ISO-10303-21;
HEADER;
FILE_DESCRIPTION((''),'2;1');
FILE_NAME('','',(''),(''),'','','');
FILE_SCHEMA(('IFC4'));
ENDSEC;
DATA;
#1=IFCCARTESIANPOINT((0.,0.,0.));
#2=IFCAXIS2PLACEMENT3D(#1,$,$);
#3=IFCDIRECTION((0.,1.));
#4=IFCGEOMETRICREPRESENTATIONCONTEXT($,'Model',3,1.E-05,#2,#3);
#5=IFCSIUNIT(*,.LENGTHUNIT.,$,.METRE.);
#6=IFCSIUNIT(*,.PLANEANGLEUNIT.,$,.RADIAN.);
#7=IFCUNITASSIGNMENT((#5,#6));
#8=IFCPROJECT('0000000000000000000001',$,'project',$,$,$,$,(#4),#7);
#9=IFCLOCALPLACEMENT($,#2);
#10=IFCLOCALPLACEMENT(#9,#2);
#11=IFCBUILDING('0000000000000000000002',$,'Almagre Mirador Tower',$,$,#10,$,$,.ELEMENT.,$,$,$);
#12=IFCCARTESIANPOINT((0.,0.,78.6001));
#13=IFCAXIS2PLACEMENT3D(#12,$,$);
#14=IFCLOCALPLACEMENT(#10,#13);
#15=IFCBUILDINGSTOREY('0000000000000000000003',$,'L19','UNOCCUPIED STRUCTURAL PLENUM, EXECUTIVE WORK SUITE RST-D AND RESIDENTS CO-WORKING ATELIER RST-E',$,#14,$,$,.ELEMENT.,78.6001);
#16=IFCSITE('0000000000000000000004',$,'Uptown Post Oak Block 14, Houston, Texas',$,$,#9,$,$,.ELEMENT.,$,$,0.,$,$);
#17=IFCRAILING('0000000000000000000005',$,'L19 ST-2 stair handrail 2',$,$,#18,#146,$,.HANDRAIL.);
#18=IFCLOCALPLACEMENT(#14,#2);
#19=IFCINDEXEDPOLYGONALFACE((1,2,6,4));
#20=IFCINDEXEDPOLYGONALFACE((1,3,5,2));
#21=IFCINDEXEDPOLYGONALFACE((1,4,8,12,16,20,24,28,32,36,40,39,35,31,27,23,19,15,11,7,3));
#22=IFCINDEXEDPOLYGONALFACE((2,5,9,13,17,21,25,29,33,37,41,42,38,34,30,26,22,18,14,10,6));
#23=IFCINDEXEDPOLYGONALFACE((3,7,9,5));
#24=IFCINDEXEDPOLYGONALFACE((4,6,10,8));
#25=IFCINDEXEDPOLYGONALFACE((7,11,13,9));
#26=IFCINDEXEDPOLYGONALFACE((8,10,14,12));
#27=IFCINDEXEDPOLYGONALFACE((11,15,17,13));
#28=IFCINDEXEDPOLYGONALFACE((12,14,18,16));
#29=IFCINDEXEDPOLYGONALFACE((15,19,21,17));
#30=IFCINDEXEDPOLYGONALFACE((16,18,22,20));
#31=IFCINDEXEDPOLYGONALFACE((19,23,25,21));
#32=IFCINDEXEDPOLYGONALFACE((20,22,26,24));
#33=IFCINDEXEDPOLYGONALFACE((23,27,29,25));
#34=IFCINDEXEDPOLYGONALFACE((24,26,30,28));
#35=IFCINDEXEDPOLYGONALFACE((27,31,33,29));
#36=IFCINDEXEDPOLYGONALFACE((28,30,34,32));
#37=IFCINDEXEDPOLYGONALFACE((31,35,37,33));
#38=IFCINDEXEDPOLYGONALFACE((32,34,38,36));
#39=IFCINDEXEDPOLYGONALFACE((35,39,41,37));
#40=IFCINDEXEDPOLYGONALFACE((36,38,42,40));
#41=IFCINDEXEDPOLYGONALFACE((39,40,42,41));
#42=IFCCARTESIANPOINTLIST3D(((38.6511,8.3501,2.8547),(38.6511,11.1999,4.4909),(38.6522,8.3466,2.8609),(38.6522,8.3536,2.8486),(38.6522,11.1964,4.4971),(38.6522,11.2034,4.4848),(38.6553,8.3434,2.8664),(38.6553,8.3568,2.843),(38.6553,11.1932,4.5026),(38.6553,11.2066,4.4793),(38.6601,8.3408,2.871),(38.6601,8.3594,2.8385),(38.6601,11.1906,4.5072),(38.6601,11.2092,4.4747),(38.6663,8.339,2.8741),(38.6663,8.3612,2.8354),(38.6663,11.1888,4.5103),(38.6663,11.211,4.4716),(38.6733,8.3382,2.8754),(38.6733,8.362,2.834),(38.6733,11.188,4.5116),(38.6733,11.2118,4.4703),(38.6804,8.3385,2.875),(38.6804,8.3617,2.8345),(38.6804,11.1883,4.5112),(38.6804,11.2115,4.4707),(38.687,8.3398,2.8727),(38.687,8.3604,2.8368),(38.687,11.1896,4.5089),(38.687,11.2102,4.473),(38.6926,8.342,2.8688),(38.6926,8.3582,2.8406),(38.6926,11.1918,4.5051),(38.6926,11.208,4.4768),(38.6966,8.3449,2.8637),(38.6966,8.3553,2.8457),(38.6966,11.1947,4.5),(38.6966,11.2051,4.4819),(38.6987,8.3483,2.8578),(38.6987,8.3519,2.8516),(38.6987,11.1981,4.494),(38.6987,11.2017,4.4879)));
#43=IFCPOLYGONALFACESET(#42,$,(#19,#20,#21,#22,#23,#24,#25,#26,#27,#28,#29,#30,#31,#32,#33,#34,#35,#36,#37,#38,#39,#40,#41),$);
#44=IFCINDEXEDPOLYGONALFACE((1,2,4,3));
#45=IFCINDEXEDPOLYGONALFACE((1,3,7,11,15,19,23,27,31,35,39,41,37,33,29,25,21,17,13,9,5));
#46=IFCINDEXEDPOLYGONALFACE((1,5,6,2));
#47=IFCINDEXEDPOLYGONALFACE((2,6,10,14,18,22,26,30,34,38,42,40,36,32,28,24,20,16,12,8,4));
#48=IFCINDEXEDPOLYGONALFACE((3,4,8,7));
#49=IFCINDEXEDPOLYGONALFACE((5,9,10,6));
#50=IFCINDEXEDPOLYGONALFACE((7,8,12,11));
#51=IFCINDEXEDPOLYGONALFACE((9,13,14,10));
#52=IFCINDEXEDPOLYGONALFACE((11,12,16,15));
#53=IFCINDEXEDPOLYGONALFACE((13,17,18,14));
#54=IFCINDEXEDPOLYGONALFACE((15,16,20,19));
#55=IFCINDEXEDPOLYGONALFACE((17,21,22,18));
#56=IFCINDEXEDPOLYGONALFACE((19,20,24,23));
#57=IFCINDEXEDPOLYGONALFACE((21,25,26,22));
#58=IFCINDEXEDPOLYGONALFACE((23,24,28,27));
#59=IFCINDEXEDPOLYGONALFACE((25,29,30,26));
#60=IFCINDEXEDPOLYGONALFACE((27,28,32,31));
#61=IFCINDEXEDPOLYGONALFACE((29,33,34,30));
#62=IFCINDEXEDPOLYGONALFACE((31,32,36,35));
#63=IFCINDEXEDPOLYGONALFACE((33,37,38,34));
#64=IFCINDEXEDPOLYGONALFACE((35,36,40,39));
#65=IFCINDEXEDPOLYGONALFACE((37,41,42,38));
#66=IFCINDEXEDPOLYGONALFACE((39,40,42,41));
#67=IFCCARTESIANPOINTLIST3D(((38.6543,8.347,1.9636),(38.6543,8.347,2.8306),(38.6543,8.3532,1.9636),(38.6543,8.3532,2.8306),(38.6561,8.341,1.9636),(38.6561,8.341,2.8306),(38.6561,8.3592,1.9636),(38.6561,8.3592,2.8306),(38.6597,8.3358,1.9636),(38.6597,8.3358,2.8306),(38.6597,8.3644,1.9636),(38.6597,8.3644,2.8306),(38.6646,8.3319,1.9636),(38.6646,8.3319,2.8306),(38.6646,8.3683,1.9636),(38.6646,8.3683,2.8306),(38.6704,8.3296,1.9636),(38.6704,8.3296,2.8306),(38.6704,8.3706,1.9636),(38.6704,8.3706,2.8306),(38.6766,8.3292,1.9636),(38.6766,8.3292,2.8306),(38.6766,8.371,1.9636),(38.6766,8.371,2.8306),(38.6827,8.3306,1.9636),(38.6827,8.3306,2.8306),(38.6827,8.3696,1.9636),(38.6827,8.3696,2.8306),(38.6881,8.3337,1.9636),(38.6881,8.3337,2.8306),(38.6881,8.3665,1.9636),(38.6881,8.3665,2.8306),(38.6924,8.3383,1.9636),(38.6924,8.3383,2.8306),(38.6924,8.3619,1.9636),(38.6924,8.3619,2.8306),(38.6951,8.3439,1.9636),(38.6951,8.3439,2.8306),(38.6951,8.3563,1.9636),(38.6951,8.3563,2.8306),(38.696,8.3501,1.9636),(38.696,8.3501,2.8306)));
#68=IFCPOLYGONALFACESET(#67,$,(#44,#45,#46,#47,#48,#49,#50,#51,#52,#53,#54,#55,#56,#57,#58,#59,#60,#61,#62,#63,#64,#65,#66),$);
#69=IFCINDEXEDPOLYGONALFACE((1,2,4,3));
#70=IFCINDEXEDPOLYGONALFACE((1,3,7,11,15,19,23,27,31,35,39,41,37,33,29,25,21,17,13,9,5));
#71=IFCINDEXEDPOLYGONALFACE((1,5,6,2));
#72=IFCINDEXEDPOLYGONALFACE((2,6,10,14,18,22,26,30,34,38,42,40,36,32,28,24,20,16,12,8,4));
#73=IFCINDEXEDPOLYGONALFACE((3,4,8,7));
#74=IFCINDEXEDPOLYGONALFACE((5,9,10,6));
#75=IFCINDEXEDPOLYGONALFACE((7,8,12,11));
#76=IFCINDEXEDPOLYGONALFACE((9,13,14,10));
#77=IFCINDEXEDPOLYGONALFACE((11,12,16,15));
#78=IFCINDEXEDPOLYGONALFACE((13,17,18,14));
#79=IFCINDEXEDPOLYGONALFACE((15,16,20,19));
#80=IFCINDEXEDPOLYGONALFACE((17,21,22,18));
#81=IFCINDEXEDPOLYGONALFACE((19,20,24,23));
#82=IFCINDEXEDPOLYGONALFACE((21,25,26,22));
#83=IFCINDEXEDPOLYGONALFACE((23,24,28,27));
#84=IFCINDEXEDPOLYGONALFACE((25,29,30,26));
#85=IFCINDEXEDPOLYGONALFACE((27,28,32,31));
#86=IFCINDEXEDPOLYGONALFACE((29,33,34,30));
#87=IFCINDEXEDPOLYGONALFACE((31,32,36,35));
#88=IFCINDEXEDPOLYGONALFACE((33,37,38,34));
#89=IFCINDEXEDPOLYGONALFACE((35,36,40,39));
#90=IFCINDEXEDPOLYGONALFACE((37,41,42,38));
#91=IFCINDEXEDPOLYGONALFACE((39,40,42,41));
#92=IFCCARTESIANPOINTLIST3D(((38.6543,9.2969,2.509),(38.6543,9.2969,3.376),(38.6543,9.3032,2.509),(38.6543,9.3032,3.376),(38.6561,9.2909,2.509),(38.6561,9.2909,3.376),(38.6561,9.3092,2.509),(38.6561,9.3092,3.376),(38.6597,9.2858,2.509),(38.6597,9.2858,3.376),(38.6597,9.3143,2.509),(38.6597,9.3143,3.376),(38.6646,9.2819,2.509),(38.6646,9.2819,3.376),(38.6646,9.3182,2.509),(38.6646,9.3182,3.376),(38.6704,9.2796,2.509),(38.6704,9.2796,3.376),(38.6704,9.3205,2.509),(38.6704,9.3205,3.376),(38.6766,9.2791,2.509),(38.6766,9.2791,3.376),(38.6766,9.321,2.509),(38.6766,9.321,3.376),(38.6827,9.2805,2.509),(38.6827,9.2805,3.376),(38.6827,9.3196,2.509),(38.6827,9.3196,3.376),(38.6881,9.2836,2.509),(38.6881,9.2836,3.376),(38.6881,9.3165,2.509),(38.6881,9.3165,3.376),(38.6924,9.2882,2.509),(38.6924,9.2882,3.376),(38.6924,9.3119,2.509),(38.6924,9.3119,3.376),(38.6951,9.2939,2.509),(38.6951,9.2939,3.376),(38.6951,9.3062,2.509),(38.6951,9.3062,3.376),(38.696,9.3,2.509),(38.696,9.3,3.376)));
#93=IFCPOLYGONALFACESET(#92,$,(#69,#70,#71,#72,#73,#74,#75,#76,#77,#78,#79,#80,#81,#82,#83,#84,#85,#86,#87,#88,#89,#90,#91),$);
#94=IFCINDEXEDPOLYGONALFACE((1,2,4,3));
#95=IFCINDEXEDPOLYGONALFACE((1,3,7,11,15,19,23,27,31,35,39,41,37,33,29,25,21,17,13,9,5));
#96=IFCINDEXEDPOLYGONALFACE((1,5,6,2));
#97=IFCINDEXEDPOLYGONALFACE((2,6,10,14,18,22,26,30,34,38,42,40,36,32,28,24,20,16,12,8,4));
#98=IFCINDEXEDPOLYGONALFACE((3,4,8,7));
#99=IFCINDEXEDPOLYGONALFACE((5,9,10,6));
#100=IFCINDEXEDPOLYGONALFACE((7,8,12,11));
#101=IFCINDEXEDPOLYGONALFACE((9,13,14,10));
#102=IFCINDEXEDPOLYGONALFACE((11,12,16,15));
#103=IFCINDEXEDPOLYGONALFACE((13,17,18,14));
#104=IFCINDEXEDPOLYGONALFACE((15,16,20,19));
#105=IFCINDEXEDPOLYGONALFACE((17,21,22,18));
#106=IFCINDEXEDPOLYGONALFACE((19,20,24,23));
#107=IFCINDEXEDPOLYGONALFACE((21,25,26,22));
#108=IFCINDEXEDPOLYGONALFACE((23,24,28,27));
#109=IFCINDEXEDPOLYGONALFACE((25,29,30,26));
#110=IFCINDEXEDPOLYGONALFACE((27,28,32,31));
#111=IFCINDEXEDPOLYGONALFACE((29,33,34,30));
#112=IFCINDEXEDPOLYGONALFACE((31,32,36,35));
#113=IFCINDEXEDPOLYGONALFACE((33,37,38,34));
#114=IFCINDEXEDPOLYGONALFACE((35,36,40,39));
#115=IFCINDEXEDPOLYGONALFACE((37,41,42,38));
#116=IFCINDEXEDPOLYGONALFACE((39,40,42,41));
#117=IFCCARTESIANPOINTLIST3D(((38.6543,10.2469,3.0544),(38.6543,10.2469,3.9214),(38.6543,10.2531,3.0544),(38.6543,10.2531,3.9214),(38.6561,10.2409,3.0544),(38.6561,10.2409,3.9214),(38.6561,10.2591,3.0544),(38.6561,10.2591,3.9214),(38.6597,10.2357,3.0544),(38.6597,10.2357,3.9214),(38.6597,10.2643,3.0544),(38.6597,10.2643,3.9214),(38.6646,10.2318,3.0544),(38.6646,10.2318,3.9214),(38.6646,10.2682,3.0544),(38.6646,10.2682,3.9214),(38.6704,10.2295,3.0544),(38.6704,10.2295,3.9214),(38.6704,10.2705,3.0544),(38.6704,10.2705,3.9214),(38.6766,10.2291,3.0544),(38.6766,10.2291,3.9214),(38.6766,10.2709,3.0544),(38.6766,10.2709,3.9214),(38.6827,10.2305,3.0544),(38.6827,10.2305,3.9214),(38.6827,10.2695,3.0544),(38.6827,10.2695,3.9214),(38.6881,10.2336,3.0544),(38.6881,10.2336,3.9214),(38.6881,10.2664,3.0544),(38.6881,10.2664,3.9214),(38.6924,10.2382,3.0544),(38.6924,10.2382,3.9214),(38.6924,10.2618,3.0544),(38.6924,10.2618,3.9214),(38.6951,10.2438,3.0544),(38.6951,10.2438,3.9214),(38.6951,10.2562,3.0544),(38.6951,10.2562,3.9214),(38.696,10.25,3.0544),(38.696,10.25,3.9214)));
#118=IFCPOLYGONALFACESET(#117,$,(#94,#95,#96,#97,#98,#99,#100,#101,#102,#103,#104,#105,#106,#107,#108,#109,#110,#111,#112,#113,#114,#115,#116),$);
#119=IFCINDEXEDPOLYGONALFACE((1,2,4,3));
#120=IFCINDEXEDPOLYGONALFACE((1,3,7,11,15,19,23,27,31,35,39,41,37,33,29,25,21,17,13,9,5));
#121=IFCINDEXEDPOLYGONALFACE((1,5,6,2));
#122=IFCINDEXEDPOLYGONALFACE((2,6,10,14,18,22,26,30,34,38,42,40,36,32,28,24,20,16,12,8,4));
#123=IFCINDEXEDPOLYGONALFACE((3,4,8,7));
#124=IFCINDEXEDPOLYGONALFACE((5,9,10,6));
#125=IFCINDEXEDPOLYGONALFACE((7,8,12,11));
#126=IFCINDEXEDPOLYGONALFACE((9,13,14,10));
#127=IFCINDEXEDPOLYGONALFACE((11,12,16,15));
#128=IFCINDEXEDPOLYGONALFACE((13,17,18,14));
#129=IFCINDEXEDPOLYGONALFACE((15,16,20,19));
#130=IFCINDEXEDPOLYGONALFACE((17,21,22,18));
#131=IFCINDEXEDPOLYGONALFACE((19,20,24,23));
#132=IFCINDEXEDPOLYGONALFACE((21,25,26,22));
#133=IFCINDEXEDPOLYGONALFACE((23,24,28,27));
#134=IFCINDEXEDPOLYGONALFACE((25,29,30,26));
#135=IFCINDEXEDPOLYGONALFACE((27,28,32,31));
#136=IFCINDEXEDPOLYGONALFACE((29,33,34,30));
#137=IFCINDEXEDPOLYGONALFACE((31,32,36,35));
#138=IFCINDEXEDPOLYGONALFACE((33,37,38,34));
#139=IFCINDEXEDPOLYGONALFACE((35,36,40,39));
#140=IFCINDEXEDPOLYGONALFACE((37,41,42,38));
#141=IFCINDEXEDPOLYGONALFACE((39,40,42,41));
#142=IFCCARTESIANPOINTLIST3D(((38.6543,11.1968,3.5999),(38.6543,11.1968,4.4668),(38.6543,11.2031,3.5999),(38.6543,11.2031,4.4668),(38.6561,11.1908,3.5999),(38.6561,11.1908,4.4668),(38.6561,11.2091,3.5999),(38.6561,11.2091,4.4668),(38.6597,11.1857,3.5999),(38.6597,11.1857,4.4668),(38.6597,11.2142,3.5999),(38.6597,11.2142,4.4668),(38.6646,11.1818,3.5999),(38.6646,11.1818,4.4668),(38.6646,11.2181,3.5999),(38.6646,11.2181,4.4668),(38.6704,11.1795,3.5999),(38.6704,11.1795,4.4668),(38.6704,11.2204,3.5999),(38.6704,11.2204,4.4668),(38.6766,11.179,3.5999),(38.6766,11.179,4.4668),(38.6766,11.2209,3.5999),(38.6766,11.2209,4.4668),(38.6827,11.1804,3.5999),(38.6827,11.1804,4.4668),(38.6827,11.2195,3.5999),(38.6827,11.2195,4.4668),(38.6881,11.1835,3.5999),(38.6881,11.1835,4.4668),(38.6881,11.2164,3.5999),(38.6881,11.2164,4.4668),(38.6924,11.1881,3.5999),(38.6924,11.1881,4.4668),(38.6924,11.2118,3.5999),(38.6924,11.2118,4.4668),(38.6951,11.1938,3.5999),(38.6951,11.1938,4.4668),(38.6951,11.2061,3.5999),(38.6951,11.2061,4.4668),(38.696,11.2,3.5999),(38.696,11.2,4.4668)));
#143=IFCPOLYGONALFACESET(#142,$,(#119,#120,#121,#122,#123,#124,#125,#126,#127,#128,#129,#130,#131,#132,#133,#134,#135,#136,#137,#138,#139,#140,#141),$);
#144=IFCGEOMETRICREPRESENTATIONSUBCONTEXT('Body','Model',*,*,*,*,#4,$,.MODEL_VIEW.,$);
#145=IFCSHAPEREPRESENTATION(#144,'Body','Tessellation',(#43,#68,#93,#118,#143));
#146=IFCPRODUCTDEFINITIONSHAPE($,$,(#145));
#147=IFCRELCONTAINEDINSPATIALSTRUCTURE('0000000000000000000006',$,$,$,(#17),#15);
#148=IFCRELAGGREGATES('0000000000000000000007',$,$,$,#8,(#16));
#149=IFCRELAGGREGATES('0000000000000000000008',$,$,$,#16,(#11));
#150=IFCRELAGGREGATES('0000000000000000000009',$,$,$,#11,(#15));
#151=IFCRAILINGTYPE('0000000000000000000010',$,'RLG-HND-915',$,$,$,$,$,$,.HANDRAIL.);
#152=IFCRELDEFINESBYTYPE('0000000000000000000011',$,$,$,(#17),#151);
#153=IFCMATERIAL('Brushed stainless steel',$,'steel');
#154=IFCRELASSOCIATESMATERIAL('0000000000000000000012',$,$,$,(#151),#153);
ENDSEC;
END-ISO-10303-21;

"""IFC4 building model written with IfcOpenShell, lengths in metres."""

from ifc_helpers import new_model, si_unit, direction, frame, origin, origin_2d, place, context, subcontext, project, spatial, circle, extrude, material, type_object, element, save


model = new_model("IFC4")

# Units and contexts
model_context = context("Model", 3, precision=1e-05, world=origin(), true_north=direction((0.0, 1.0)))
body_context = subcontext(model_context, "Body", "Model", "MODEL_VIEW")
ifc_project = project(units=[si_unit("LENGTHUNIT", "METRE"), si_unit("PLANEANGLEUNIT", "RADIAN")], contexts=[model_context])

# Site, building, storey
site_placement = place(None, origin())
site = spatial("IfcSite", under=ifc_project, at=site_placement, Name="Uptown Post Oak Block 14, Houston, Texas", CompositionType="ELEMENT", RefElevation=0.0)
building_placement = place(site_placement, origin())
building = spatial("IfcBuilding", under=site, at=building_placement, Name="Almagre Mirador Tower", CompositionType="ELEMENT")
storey_placement = place(building_placement, frame((0.0, 0.0, 78.6001)))
storey = spatial("IfcBuildingStorey", under=building, at=storey_placement, Name="L19", Description="UNOCCUPIED STRUCTURAL PLENUM, EXECUTIVE WORK SUITE RST-D AND RESIDENTS CO-WORKING ATELIER RST-E", CompositionType="ELEMENT", Elevation=78.6001)

# Railing
ifc_material_1 = material(Name="Brushed stainless steel", Category="steel")
railing_type_1 = type_object("IfcRailingType", Name="RLG-HND-915", PredefinedType="HANDRAIL", material=ifc_material_1)
railing_1_placement = place(storey_placement, frame((38.675, 8.3501, 1.9636)))
element("IfcRailing", 1, at=railing_1_placement, inside=storey, type_object=railing_type_1, Name="L19 ST-2 stair handrail 2", PredefinedType="HANDRAIL", context=body_context, shape_type="SweptSolid", body=[
    extrude(circle(Radius=0.0239, at=origin_2d()), frame((0.0, 0.0, 0.8911), z_axis=(0.0, 0.867226, 0.497914), x_axis=(-1.0, 0.0, 0.0)), (0.0, 0.0, 1.0), 3.2861),
    extrude(circle(Radius=0.021, at=origin_2d()), origin(), (0.0, 0.0, 1.0), 0.8669),
    extrude(circle(Radius=0.021, at=origin_2d()), frame((0.0, 0.95, 0.5454)), (0.0, 0.0, 1.0), 0.8669),
    extrude(circle(Radius=0.021, at=origin_2d()), frame((0.0, 1.8999, 1.0908)), (0.0, 0.0, 1.0), 0.8669),
    extrude(circle(Radius=0.021, at=origin_2d()), frame((0.0, 2.8499, 1.6362)), (0.0, 0.0, 1.0), 0.8669),
])

save(model, "model.ifc")
